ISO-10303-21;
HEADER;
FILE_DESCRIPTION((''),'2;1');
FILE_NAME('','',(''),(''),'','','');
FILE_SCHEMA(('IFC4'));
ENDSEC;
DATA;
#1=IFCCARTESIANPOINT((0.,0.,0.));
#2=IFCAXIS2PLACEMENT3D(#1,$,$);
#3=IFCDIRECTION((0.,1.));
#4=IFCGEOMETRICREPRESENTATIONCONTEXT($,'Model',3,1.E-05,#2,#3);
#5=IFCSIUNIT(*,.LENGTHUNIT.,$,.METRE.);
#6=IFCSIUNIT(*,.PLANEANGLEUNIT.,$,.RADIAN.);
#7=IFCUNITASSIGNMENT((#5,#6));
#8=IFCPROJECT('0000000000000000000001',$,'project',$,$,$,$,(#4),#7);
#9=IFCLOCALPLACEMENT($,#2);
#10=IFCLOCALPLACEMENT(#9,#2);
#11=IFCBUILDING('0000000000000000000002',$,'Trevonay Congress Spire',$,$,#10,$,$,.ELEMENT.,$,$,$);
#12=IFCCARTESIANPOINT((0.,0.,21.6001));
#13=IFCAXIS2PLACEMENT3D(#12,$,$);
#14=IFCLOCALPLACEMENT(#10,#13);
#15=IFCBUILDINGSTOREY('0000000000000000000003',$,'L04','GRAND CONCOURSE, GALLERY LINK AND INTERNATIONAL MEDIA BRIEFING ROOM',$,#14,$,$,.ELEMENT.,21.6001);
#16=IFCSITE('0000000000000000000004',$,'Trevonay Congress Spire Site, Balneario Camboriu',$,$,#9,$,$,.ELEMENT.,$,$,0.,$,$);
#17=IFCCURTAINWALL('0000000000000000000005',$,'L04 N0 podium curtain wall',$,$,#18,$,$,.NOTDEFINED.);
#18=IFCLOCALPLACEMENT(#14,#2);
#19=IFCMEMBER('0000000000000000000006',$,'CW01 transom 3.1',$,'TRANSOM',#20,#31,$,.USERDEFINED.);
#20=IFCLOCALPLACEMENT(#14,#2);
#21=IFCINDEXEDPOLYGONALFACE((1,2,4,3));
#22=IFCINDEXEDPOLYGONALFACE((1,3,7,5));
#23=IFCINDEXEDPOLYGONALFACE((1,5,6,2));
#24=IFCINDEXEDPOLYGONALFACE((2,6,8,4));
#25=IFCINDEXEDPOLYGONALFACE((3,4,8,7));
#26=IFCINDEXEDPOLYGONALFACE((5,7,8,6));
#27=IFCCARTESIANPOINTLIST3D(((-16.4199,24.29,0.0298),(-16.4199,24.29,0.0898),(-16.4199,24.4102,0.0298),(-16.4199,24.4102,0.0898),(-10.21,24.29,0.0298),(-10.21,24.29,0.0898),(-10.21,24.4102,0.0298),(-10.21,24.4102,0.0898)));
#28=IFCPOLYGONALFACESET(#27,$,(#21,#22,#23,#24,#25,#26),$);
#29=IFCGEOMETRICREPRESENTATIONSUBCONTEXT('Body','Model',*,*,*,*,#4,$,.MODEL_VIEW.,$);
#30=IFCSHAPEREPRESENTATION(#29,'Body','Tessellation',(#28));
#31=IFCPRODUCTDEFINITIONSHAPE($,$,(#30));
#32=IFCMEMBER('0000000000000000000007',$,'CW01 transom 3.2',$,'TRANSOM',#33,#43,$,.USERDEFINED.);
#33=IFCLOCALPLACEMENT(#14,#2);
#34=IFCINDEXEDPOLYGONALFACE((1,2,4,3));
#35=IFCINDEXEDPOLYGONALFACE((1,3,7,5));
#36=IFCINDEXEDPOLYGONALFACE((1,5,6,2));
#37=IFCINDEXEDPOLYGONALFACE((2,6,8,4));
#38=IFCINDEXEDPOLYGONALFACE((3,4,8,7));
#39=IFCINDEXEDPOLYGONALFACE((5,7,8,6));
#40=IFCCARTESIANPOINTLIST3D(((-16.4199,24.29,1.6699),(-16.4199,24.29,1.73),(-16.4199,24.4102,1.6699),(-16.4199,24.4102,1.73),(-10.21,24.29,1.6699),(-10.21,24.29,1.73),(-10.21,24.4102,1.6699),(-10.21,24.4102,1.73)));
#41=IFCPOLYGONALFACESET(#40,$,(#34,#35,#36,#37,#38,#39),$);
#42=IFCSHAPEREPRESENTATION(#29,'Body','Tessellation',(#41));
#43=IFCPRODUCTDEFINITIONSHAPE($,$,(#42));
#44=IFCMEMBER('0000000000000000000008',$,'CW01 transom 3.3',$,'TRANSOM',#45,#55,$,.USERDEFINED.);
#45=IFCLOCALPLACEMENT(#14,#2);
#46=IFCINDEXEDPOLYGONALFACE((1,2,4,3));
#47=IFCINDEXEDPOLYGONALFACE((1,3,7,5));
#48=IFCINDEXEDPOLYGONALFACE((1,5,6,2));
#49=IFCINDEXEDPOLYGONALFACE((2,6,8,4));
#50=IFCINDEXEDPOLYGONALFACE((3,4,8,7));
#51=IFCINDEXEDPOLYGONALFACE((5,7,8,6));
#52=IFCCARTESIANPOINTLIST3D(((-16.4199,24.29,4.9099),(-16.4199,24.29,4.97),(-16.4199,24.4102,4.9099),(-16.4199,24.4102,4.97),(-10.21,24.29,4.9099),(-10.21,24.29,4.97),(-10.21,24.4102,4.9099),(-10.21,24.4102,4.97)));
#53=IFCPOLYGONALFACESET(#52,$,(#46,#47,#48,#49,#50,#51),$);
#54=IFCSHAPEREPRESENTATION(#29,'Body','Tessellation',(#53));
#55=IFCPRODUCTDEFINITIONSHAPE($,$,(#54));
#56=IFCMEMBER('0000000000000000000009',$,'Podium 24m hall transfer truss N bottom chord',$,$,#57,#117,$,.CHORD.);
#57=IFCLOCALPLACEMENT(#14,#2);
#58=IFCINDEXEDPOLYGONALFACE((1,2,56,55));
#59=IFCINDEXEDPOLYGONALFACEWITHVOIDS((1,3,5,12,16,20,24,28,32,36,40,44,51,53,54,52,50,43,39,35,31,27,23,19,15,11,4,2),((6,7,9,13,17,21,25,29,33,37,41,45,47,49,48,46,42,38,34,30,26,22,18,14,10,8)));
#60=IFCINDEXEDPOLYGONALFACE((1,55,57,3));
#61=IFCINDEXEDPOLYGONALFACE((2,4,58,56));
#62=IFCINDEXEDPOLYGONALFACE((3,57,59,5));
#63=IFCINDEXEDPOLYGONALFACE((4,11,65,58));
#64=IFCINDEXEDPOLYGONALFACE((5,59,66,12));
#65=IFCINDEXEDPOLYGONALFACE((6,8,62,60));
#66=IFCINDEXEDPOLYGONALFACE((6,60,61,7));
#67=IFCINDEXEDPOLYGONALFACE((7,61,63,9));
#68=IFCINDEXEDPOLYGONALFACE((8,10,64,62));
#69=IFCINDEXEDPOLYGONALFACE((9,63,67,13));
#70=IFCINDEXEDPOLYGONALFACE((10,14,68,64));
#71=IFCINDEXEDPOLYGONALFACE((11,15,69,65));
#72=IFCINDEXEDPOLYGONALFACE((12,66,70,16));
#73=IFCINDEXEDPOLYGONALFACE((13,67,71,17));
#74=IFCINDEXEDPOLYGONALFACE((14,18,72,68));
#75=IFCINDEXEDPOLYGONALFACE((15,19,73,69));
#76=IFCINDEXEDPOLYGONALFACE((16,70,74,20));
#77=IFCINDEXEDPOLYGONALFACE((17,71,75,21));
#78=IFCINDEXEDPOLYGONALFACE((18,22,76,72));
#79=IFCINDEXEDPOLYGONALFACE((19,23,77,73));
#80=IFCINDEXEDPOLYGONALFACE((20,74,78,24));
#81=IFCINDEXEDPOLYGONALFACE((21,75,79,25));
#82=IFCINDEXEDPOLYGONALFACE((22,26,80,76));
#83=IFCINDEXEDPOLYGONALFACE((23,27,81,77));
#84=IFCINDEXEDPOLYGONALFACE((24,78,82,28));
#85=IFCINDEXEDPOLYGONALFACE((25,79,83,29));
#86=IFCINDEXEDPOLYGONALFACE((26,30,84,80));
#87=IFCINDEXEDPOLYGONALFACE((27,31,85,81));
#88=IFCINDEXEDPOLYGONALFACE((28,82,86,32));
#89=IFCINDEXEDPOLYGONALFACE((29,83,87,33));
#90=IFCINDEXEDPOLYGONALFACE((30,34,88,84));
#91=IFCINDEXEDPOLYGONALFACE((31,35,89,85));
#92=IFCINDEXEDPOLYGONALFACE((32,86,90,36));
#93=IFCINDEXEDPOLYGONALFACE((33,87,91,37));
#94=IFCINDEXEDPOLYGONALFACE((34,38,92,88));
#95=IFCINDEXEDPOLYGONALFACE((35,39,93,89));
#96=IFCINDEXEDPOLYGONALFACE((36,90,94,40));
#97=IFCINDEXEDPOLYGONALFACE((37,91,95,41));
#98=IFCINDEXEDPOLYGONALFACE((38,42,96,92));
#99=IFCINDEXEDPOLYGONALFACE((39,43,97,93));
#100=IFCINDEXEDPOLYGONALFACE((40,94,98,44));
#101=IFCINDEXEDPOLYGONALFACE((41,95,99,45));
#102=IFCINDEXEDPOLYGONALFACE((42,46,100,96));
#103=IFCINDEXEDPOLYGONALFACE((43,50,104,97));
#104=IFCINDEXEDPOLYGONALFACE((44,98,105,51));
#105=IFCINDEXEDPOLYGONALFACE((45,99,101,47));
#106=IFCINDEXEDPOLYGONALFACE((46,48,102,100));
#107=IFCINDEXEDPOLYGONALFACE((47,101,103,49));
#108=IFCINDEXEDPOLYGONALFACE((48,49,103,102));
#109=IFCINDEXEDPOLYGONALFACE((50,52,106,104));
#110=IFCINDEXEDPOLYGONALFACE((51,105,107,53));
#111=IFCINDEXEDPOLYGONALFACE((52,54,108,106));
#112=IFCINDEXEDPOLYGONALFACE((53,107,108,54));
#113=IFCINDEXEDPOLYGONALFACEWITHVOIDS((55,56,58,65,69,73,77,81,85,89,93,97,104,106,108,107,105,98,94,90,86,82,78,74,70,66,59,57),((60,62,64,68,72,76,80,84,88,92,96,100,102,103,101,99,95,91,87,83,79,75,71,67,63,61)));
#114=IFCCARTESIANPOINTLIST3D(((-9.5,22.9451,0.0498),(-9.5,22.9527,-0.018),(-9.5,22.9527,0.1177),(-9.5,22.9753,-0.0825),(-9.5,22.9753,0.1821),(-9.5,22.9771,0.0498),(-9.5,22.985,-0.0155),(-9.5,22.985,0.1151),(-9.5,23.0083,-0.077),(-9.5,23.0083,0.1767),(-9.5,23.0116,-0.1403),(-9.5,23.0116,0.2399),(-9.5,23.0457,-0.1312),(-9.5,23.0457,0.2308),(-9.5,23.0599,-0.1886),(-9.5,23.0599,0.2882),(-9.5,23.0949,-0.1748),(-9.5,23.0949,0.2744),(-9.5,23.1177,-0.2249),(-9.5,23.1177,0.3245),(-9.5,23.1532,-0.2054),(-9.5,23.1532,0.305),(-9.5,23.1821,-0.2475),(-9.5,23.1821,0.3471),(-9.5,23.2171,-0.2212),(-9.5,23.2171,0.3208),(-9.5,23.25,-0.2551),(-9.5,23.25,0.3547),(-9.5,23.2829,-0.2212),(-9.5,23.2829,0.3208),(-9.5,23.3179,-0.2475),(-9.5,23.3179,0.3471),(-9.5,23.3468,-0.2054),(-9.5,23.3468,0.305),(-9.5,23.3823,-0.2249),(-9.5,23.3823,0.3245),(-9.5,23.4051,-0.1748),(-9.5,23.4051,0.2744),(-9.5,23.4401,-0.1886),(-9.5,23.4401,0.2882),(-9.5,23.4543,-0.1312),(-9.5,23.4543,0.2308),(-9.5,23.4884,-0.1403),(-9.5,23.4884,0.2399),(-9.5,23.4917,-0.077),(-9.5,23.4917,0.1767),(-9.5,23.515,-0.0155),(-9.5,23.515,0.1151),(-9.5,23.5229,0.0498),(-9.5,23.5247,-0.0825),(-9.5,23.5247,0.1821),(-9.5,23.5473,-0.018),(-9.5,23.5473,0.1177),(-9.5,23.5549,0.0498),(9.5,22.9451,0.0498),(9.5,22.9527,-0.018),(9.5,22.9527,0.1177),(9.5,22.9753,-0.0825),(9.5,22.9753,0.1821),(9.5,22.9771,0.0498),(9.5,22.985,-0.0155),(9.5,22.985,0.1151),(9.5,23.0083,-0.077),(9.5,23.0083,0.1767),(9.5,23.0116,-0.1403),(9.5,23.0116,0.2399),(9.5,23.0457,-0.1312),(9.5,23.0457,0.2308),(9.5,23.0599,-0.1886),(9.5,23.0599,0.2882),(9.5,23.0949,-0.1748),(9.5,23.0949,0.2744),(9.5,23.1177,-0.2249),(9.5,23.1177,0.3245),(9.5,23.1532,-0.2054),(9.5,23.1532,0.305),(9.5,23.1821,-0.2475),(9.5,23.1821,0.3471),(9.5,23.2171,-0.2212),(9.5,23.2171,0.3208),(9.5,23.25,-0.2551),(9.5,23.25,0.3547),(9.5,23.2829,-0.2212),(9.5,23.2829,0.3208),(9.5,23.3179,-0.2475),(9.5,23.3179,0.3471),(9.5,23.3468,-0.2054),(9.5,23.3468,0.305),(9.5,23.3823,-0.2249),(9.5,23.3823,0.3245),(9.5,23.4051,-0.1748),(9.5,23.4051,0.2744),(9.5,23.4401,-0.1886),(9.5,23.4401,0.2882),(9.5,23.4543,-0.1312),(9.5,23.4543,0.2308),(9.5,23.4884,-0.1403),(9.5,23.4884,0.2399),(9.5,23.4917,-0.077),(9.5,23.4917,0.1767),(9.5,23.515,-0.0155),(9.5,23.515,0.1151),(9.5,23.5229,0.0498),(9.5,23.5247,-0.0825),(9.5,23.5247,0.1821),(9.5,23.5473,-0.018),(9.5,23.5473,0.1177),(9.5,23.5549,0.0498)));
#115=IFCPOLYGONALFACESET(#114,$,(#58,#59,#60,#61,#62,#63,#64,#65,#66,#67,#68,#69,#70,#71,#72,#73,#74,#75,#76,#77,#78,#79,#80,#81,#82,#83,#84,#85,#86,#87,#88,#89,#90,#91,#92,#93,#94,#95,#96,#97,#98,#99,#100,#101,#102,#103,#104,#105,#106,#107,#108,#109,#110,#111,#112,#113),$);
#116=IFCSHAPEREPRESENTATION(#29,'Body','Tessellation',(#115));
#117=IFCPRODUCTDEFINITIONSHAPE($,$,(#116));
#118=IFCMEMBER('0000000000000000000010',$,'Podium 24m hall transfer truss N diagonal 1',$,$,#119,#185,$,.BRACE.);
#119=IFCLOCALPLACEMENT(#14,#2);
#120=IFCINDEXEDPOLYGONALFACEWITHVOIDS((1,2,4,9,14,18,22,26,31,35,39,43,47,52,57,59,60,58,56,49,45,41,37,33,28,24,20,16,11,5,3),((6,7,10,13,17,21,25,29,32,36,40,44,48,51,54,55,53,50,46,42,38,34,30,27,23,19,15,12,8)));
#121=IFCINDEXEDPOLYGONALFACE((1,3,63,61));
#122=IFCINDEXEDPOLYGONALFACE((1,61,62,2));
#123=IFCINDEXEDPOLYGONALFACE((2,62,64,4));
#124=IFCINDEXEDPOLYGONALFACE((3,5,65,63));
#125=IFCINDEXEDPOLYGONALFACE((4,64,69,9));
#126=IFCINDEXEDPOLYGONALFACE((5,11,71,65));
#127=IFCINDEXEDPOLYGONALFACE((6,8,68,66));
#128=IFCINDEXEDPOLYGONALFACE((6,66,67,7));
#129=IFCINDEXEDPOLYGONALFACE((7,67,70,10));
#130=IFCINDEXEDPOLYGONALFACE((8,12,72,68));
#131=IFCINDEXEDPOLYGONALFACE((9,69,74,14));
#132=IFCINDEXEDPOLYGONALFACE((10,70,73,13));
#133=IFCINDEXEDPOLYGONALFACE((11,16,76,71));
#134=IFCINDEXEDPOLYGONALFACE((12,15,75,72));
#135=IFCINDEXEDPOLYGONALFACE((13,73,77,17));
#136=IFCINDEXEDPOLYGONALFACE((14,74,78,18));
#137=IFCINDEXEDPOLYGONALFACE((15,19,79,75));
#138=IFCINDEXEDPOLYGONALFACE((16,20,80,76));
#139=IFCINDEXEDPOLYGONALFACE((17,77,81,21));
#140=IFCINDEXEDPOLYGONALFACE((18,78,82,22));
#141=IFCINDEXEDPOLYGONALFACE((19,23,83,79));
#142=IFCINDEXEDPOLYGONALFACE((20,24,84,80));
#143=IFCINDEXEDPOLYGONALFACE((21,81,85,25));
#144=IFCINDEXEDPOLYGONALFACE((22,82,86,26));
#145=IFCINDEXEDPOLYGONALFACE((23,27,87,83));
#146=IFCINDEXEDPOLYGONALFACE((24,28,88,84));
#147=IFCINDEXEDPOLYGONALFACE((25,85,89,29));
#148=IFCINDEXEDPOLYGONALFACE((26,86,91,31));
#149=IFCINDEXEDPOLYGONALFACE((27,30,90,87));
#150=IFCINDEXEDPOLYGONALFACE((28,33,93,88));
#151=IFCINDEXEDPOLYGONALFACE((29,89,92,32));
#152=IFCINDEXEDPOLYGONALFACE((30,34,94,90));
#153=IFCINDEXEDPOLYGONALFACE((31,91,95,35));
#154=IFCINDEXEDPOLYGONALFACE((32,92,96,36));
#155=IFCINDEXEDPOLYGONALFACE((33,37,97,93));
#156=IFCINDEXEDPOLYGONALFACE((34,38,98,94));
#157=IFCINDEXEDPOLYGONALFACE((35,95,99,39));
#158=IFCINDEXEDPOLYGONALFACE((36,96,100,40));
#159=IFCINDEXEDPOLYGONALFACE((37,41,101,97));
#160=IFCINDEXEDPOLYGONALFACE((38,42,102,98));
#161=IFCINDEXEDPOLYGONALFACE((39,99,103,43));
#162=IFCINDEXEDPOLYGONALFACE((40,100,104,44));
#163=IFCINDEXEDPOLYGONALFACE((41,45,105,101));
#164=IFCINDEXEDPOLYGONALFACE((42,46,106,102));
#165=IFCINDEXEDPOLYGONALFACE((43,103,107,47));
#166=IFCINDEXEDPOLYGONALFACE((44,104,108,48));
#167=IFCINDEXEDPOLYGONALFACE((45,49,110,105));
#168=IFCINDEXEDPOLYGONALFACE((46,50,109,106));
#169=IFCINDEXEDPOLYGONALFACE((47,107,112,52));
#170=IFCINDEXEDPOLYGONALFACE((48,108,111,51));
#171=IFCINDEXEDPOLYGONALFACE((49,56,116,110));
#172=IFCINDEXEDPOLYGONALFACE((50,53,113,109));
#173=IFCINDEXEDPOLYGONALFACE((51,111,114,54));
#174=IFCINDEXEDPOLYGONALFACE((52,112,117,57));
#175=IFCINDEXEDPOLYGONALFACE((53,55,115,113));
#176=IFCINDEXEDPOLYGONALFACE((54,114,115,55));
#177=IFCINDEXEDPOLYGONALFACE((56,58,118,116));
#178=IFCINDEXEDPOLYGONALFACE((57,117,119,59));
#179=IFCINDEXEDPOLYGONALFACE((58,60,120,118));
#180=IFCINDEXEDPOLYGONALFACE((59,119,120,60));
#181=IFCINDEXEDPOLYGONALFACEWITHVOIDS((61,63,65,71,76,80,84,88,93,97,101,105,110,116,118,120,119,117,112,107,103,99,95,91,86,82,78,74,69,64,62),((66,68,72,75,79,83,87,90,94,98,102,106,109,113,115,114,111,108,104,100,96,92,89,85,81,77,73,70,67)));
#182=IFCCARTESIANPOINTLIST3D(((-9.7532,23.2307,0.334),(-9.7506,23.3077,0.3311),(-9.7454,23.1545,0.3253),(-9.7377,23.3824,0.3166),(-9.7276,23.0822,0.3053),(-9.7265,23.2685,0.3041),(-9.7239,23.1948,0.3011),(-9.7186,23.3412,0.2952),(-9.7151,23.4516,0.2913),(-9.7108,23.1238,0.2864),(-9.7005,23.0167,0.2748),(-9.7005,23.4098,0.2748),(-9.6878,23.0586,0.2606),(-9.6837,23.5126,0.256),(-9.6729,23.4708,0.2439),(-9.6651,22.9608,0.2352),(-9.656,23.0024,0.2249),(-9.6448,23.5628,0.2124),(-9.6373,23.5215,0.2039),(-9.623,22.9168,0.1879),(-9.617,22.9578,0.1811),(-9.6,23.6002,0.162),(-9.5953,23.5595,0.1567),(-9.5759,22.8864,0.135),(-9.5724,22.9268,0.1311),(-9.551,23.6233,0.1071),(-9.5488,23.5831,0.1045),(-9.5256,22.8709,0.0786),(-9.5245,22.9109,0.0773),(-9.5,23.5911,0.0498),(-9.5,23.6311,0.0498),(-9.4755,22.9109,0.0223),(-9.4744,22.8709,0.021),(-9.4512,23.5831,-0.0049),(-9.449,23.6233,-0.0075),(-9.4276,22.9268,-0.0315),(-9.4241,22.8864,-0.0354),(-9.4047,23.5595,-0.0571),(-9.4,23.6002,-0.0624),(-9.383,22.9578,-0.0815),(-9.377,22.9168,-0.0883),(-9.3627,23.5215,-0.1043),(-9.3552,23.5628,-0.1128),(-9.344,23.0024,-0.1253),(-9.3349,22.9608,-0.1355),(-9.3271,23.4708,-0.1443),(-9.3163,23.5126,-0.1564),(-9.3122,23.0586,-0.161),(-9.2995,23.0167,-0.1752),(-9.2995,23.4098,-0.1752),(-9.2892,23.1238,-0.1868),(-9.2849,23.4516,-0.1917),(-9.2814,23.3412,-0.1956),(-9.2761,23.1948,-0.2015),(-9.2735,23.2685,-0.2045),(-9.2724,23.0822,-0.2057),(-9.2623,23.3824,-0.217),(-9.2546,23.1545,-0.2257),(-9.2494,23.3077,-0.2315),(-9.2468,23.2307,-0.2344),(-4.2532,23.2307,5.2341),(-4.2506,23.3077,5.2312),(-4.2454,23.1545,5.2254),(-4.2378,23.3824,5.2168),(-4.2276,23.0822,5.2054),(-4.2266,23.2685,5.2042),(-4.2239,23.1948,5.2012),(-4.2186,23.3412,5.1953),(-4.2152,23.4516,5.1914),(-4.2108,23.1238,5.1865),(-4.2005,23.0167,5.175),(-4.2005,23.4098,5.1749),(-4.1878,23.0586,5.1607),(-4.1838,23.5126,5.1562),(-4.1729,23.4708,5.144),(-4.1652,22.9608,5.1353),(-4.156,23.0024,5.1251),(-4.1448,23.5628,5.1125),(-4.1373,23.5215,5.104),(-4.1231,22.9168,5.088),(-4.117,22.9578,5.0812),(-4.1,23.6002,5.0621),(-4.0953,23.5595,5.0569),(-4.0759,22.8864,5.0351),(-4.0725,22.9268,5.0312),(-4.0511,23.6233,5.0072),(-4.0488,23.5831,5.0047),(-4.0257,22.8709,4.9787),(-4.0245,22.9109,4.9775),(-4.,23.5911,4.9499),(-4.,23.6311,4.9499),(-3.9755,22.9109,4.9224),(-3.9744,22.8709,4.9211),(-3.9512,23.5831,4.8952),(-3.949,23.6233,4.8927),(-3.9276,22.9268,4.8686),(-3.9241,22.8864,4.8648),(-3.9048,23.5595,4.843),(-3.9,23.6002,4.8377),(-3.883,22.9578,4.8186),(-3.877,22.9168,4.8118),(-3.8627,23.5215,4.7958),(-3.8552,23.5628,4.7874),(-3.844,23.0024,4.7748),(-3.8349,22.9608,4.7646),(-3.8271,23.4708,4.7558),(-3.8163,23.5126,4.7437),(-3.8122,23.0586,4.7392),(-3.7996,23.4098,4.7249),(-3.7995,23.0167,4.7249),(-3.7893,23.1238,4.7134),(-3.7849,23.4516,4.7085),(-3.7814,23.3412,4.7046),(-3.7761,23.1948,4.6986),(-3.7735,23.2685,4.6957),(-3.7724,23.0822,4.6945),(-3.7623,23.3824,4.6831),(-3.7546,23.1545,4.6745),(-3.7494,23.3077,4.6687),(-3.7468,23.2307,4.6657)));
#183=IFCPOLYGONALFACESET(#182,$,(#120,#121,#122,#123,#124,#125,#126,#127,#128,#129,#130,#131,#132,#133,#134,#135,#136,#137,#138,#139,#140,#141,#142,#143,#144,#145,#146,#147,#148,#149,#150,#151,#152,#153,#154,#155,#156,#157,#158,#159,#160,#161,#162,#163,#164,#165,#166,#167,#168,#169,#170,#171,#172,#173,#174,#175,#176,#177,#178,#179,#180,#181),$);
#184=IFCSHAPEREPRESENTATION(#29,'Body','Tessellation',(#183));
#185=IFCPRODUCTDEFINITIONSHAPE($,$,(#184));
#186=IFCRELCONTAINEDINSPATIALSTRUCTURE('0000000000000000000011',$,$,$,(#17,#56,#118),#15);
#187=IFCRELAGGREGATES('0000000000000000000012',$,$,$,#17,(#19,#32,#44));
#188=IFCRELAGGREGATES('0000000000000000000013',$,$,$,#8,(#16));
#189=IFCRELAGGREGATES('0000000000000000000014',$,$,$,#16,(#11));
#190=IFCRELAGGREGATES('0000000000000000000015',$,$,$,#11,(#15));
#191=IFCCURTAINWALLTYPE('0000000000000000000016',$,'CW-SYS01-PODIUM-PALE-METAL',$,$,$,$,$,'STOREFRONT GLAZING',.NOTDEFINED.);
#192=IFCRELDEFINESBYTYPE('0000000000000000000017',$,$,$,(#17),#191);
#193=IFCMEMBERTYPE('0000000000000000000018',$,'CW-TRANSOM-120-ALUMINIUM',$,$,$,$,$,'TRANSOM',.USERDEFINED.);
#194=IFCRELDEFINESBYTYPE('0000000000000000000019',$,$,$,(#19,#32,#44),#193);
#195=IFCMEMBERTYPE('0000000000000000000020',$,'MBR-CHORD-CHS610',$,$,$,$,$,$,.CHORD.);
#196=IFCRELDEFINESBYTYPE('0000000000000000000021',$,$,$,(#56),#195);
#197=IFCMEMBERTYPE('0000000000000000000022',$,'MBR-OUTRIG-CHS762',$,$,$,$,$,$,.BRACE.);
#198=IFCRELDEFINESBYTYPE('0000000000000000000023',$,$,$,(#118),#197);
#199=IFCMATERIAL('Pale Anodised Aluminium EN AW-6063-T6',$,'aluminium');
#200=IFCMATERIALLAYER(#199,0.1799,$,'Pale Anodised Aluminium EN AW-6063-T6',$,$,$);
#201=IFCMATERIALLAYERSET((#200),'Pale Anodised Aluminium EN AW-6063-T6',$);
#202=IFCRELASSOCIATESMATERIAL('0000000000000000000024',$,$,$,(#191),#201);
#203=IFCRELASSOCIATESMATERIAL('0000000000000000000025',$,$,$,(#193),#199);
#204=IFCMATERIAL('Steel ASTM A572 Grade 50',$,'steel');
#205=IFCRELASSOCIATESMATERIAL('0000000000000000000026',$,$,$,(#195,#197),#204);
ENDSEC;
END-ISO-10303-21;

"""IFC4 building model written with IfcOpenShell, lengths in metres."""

from ifc_helpers import new_model, si_unit, direction, frame, origin, origin_2d, place, context, subcontext, project, spatial, rectangle, hollow_circle, extrude, material, layer, layer_set, material_profile, profile_set, type_object, element, aggregate, save


model = new_model("IFC4")

# Units and contexts
model_context = context("Model", 3, precision=1e-05, world=origin(), true_north=direction((0.0, 1.0)))
body_context = subcontext(model_context, "Body", "Model", "MODEL_VIEW")
ifc_project = project(units=[si_unit("LENGTHUNIT", "METRE"), si_unit("PLANEANGLEUNIT", "RADIAN")], contexts=[model_context])

# Site, building, storey
site_placement = place(None, origin())
site = spatial("IfcSite", under=ifc_project, at=site_placement, Name="Trevonay Congress Spire Site, Balneario Camboriu", CompositionType="ELEMENT", RefElevation=0.0)
building_placement = place(site_placement, origin())
building = spatial("IfcBuilding", under=site, at=building_placement, Name="Trevonay Congress Spire", CompositionType="ELEMENT")
storey_placement = place(building_placement, frame((0.0, 0.0, 21.6001)))
storey = spatial("IfcBuildingStorey", under=building, at=storey_placement, Name="L04", Description="GRAND CONCOURSE, GALLERY LINK AND INTERNATIONAL MEDIA BRIEFING ROOM", CompositionType="ELEMENT", Elevation=21.6001)

# Shared definitions
ifc_material_1 = material(Name="Steel ASTM A572 Grade 50", Category="steel")

# Curtain wall, members
ifc_material_2 = material(Name="Pale Anodised Aluminium EN AW-6063-T6", Category="aluminium")
ifc_layer_1 = layer(ifc_material_2, 0.1799, Name="Pale Anodised Aluminium EN AW-6063-T6")
ifc_layer_set_1 = layer_set([ifc_layer_1], Name="Pale Anodised Aluminium EN AW-6063-T6")
curtain_wall_type = type_object("IfcCurtainWallType", Name="CW-SYS01-PODIUM-PALE-METAL", ElementType="STOREFRONT GLAZING", PredefinedType="NOTDEFINED", material=ifc_layer_set_1)
curtain_wall_placement = place(storey_placement, origin())
curtain_wall = element("IfcCurtainWall", 1, at=curtain_wall_placement, inside=storey, type_object=curtain_wall_type, Name="L04 N0 podium curtain wall", PredefinedType="NOTDEFINED")
ifc_material_profile_1 = material_profile(ifc_material_2, rectangle(XDim=0.1201, YDim=0.0601, at=origin_2d()), Name="CW-TRANSOM-120-ALUMINIUM")
ifc_profile_set_1 = profile_set([ifc_material_profile_1], Name="Pale Anodised Aluminium EN AW-6063-T6")
member_type_1 = type_object("IfcMemberType", Name="CW-TRANSOM-120-ALUMINIUM", ElementType="TRANSOM", PredefinedType="USERDEFINED", material=ifc_profile_set_1)
member_1_placement = place(storey_placement, frame((-16.4199, 24.3501, 0.0598), z_axis=(1.0, 0.0, 0.0), x_axis=(0.0, 1.0, 0.0)))
member_1 = element("IfcMember", 2, at=member_1_placement, type_object=member_type_1, Name="CW01 transom 3.1", ObjectType="TRANSOM", PredefinedType="USERDEFINED", context=body_context, shape_type="SweptSolid", body=[
    extrude(rectangle(XDim=0.1201, YDim=0.0601, at=origin_2d()), origin(), (0.0, 0.0, 1.0), 6.21),
])
member_2_placement = place(storey_placement, frame((-16.4199, 24.3501, 1.7), z_axis=(1.0, 0.0, 0.0), x_axis=(0.0, 1.0, 0.0)))
member_2 = element("IfcMember", 3, at=member_2_placement, type_object=member_type_1, Name="CW01 transom 3.2", ObjectType="TRANSOM", PredefinedType="USERDEFINED", context=body_context, shape_type="SweptSolid", body=[
    extrude(rectangle(XDim=0.1201, YDim=0.0601, at=origin_2d()), origin(), (0.0, 0.0, 1.0), 6.21),
])
member_3_placement = place(storey_placement, frame((-16.4199, 24.3501, 4.9399), z_axis=(1.0, 0.0, 0.0), x_axis=(0.0, 1.0, 0.0)))
member_3 = element("IfcMember", 4, at=member_3_placement, type_object=member_type_1, Name="CW01 transom 3.3", ObjectType="TRANSOM", PredefinedType="USERDEFINED", context=body_context, shape_type="SweptSolid", body=[
    extrude(rectangle(XDim=0.1201, YDim=0.0601, at=origin_2d()), origin(), (0.0, 0.0, 1.0), 6.21),
])

# Members
ifc_material_profile_2 = material_profile(ifc_material_1, hollow_circle(Radius=0.3049, WallThickness=0.032, at=origin_2d()), Name="CHS 610x32")
ifc_profile_set_2 = profile_set([ifc_material_profile_2], Name="Steel ASTM A572 Grade 50")
member_type_2 = type_object("IfcMemberType", Name="MBR-CHORD-CHS610", PredefinedType="CHORD", material=ifc_profile_set_2)
member_4_placement = place(storey_placement, frame((-9.5, 23.25, 0.0498), z_axis=(1.0, 0.0, 0.0), x_axis=(0.0, 1.0, 0.0)))
element("IfcMember", 5, at=member_4_placement, inside=storey, type_object=member_type_2, Name="Podium 24m hall transfer truss N bottom chord", PredefinedType="CHORD", context=body_context, shape_type="SweptSolid", body=[
    extrude(hollow_circle(Radius=0.3049, WallThickness=0.032, at=origin_2d()), origin(), (0.0, 0.0, 1.0), 19.0),
])
ifc_material_profile_3 = material_profile(ifc_material_1, hollow_circle(Radius=0.3811, WallThickness=0.04, at=origin_2d()), Name="CHS 762x40")
ifc_profile_set_3 = profile_set([ifc_material_profile_3], Name="Steel ASTM A572 Grade 50")
member_type_3 = type_object("IfcMemberType", Name="MBR-OUTRIG-CHS762", PredefinedType="BRACE", material=ifc_profile_set_3)
member_5_placement = place(storey_placement, frame((-9.5, 23.25, 0.0498), z_axis=(0.74665, 0.0, 0.665217), x_axis=(0.0, 1.0, 0.0)))
element("IfcMember", 6, at=member_5_placement, inside=storey, type_object=member_type_3, Name="Podium 24m hall transfer truss N diagonal 1", PredefinedType="BRACE", context=body_context, shape_type="SweptSolid", body=[
    extrude(hollow_circle(Radius=0.3811, WallThickness=0.04, at=origin_2d()), origin(), (0.0, 0.0, 1.0), 7.3662),
])

aggregate(curtain_wall, [member_1, member_2, member_3])

save(model, "model.ifc")
